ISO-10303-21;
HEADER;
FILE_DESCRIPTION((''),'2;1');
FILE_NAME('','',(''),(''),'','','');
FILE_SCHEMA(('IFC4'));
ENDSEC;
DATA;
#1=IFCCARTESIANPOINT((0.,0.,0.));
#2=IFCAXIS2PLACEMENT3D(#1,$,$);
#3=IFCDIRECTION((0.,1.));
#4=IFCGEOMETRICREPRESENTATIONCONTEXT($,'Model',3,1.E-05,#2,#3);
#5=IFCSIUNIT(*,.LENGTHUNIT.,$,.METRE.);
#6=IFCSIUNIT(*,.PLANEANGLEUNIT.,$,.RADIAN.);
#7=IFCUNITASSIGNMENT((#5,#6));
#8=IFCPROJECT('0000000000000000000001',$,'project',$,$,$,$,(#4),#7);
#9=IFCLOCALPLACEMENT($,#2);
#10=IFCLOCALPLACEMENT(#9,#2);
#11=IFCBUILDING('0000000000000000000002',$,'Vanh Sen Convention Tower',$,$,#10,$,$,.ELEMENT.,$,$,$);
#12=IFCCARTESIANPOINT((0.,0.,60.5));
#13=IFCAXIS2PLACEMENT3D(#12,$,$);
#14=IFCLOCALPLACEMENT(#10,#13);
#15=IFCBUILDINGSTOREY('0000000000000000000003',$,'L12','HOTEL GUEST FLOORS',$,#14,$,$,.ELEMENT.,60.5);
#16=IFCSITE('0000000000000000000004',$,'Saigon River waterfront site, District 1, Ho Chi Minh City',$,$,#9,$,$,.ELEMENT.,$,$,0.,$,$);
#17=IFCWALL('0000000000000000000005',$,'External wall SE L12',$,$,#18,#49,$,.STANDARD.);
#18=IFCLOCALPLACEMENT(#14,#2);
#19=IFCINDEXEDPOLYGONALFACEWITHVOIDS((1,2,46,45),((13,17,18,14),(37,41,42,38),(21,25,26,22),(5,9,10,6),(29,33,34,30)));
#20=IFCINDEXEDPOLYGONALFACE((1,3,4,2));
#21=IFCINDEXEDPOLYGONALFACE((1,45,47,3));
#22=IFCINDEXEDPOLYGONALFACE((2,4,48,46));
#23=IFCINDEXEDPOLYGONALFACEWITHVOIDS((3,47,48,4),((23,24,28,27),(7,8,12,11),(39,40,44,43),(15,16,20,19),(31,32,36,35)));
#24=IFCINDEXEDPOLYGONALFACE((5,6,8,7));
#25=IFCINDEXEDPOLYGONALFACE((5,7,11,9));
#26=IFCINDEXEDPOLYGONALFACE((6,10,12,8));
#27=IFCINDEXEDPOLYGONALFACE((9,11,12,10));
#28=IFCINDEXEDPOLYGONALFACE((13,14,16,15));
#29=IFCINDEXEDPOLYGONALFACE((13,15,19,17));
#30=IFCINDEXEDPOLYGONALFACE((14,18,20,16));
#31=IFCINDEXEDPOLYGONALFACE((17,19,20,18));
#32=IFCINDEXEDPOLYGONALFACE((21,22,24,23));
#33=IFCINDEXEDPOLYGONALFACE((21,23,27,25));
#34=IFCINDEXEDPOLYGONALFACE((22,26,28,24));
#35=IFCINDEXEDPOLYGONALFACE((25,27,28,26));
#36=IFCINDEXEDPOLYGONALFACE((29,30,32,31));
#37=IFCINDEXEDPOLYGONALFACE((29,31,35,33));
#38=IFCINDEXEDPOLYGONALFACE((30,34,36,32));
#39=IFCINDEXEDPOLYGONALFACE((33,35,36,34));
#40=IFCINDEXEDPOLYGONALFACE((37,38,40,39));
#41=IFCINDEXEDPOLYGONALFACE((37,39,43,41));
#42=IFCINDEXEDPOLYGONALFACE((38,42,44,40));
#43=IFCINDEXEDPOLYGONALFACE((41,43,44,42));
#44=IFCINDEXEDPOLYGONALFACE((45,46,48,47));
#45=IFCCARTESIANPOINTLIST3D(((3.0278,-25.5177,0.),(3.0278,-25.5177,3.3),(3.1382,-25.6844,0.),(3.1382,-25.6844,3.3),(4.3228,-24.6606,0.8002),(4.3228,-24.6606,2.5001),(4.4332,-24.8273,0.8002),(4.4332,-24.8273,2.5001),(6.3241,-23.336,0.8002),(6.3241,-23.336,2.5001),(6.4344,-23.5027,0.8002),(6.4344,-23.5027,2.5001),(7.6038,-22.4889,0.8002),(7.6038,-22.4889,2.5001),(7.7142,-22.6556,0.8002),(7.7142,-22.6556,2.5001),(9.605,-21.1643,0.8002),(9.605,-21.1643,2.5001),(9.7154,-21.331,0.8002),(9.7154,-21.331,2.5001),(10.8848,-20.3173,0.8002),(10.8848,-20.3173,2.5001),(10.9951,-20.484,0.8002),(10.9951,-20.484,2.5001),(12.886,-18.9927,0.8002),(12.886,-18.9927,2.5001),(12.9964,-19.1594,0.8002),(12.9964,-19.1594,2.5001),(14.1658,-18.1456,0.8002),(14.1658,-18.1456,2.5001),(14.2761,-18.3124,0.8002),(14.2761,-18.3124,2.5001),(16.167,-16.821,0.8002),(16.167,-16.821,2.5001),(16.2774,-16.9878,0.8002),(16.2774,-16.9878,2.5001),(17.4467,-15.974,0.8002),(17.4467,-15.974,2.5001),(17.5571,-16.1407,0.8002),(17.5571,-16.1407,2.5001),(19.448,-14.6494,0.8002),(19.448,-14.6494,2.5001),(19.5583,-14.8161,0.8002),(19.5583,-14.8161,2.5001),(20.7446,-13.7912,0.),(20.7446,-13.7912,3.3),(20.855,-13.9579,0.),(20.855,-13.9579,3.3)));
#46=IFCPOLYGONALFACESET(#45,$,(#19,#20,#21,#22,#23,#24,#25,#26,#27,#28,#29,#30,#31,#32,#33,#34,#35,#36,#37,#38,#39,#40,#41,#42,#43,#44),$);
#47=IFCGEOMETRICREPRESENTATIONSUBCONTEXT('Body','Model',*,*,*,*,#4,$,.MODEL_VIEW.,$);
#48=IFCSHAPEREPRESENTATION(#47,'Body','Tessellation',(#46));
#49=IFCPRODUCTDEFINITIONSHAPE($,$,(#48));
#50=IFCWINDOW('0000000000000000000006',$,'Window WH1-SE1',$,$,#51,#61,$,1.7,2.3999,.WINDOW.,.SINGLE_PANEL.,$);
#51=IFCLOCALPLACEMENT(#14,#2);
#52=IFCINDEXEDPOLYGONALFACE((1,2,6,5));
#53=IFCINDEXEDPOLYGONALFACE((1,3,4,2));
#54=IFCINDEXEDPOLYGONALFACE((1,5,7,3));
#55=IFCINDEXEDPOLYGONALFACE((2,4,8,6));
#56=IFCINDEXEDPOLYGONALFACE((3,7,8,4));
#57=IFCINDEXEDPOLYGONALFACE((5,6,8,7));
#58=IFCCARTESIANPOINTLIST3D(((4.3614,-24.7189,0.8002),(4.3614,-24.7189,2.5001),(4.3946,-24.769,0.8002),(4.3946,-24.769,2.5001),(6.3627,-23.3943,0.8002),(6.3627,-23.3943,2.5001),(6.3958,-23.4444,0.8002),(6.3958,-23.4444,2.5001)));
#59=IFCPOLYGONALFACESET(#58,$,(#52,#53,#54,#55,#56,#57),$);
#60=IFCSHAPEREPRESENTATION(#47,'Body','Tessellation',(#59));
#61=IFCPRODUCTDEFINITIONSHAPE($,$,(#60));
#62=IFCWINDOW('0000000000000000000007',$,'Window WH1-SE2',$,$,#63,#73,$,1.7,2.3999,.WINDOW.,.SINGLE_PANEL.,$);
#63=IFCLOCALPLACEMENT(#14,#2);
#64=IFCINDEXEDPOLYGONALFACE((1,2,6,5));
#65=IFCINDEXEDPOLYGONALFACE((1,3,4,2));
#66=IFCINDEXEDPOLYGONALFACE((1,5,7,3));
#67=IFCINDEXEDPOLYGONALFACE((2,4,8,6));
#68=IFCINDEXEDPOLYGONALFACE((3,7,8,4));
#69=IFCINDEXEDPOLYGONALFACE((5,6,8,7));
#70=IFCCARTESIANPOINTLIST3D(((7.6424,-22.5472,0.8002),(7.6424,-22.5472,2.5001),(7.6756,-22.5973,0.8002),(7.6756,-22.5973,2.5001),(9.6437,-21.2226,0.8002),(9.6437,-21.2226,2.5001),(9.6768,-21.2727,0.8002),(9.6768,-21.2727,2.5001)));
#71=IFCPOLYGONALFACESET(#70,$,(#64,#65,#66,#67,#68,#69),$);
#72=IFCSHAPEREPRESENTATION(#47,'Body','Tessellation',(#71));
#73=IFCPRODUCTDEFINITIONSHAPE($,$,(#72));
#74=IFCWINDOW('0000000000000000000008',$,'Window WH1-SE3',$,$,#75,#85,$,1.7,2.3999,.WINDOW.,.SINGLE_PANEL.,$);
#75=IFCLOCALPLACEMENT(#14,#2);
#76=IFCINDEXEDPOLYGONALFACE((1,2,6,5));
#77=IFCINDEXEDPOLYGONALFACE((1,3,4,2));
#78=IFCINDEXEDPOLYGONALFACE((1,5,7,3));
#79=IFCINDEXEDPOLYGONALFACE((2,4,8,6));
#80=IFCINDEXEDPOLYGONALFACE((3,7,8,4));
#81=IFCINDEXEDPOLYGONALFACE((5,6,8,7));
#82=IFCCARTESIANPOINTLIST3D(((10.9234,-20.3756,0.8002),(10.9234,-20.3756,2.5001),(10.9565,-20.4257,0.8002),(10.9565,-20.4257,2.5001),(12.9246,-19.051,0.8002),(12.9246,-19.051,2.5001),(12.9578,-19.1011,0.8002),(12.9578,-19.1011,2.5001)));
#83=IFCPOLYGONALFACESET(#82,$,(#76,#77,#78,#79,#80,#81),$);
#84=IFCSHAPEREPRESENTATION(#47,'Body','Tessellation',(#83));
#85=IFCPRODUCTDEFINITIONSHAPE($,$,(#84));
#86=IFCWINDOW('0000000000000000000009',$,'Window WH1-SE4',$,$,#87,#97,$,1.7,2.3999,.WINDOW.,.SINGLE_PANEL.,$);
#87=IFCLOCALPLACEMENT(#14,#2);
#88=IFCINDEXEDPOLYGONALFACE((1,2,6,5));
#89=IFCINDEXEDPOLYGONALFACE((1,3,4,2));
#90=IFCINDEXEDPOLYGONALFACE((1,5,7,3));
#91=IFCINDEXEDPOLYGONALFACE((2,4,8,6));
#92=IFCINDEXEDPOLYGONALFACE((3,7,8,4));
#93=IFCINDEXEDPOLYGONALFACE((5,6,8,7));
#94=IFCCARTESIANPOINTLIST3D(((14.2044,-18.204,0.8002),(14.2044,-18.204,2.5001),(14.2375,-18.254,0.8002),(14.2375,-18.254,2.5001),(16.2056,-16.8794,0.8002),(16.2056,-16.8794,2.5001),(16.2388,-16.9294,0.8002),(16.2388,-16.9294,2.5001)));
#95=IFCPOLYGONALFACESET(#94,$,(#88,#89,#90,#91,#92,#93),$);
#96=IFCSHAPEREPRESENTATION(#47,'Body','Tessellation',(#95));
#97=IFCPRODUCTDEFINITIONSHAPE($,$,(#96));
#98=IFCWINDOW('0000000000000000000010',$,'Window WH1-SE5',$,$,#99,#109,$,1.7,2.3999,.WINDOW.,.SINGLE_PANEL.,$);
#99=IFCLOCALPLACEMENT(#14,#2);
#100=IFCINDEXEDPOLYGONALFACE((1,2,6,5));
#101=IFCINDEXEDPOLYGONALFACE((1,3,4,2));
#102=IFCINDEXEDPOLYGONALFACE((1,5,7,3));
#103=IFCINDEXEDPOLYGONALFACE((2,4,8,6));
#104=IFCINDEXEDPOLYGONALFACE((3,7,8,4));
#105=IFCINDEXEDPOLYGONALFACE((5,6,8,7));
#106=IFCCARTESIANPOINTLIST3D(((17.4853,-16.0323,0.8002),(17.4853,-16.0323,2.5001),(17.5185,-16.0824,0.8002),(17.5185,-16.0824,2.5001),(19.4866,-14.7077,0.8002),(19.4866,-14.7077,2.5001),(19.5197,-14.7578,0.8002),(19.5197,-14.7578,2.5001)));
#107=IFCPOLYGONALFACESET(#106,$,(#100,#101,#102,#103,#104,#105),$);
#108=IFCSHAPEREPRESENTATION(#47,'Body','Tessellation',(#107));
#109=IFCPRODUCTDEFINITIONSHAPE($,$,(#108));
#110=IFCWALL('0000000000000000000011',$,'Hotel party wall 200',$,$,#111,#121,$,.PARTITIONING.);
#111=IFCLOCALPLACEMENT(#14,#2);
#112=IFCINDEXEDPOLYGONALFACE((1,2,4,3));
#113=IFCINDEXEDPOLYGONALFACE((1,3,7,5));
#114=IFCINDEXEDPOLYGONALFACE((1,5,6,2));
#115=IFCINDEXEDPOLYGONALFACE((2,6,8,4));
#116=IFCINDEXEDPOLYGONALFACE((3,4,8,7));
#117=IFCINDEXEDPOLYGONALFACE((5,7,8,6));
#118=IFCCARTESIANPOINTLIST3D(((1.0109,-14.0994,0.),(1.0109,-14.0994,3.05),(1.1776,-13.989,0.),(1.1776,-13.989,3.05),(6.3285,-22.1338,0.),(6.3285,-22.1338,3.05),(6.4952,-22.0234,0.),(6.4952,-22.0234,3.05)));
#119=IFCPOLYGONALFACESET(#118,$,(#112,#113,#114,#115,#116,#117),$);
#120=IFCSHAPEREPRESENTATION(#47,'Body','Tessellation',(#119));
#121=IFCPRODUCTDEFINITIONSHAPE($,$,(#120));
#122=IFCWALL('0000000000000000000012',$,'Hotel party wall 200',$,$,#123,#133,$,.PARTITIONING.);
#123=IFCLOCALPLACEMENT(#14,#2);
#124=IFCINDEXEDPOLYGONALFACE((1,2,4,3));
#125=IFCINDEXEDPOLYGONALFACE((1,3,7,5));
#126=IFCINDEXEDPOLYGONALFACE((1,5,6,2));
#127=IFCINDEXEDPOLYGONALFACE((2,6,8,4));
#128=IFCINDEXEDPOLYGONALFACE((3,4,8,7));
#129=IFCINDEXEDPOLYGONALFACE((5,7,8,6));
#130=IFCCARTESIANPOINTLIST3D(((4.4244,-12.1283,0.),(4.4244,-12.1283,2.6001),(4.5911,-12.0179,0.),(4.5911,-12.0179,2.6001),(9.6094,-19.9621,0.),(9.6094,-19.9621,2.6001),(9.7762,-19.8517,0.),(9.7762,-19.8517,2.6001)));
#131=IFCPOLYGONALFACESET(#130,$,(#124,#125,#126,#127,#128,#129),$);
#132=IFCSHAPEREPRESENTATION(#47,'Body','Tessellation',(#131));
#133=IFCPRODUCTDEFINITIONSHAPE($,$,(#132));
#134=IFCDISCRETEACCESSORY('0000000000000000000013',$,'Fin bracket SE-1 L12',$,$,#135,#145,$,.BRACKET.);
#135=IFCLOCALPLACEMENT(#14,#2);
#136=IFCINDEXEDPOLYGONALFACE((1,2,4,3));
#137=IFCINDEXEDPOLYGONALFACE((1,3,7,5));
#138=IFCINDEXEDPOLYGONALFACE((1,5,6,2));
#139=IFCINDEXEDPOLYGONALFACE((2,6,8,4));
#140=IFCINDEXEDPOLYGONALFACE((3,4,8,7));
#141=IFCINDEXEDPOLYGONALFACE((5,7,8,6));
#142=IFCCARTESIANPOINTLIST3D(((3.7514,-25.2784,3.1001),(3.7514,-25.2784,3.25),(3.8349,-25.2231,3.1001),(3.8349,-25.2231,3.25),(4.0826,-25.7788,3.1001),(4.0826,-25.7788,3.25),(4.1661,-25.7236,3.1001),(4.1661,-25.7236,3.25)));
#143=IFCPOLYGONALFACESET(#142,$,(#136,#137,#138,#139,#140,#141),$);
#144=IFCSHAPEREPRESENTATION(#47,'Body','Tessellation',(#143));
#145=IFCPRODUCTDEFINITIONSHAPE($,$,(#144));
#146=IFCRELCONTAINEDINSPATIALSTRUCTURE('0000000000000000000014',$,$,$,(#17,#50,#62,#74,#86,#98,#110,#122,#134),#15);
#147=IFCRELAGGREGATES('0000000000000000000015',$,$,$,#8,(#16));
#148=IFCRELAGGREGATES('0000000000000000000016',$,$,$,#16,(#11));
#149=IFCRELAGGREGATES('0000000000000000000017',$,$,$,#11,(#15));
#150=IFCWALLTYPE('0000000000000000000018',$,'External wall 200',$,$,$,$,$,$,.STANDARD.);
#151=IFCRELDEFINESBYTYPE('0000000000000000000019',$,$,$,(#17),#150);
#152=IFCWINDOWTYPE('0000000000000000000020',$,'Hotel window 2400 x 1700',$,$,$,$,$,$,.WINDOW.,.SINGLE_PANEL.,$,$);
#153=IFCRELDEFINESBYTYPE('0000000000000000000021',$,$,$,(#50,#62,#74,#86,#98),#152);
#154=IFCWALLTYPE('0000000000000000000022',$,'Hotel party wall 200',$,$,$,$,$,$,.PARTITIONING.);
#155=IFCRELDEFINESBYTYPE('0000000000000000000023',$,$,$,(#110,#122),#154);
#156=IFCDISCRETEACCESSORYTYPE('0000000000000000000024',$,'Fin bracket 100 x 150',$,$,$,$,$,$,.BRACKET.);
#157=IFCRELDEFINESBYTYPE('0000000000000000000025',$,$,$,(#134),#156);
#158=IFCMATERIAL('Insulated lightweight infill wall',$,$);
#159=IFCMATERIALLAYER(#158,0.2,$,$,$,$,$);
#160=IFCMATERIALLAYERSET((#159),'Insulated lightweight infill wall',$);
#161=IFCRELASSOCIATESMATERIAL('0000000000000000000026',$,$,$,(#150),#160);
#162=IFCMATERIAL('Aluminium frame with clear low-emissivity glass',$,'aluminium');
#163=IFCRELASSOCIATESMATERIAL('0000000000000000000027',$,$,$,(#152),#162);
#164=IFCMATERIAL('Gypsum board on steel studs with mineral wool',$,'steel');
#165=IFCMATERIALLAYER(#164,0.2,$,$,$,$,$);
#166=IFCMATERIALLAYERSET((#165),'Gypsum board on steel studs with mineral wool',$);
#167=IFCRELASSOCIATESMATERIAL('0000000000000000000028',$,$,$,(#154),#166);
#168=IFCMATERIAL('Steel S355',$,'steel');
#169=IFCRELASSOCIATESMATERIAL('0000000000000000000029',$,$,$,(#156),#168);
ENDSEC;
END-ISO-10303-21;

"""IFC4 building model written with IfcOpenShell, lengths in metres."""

from ifc_helpers import new_model, si_unit, direction, frame, frame_2d, origin, origin_2d, place, context, subcontext, project, spatial, rectangle, extrude, material, layer, layer_set, type_object, element, fill, save


model = new_model("IFC4")

# Units and contexts
model_context = context("Model", 3, precision=1e-05, world=origin(), true_north=direction((0.0, 1.0)))
body_context = subcontext(model_context, "Body", "Model", "MODEL_VIEW")
ifc_project = project(units=[si_unit("LENGTHUNIT", "METRE"), si_unit("PLANEANGLEUNIT", "RADIAN")], contexts=[model_context])

# Site, building, storey
site_placement = place(None, origin())
site = spatial("IfcSite", under=ifc_project, at=site_placement, Name="Saigon River waterfront site, District 1, Ho Chi Minh City", CompositionType="ELEMENT", RefElevation=0.0)
building_placement = place(site_placement, origin())
building = spatial("IfcBuilding", under=site, at=building_placement, Name="Vanh Sen Convention Tower", CompositionType="ELEMENT")
storey_placement = place(building_placement, frame((0.0, 0.0, 60.5)))
storey = spatial("IfcBuildingStorey", under=building, at=storey_placement, Name="L12", Description="HOTEL GUEST FLOORS", CompositionType="ELEMENT", Elevation=60.5)

# Shared definitions
ifc_material_1 = material(Name="Gypsum board on steel studs with mineral wool", Category="steel")

# Wall, openings, windows
ifc_material_2 = material(Name="Insulated lightweight infill wall")
ifc_layer_1 = layer(ifc_material_2, 0.2)
ifc_layer_set_1 = layer_set([ifc_layer_1], Name="Insulated lightweight infill wall")
wall_type_1 = type_object("IfcWallType", Name="External wall 200", PredefinedType="STANDARD", material=ifc_layer_set_1)
wall_1_placement = place(storey_placement, frame((3.083, -25.6011, 0.0), z_axis=(0.0, 0.0, 1.0), x_axis=(0.833884, 0.551939, 0.0)))
wall_1 = element("IfcWall", 1, at=wall_1_placement, inside=storey, type_object=wall_type_1, Name="External wall SE L12", PredefinedType="STANDARD", context=body_context, shape_type="SweptSolid", body=[
    extrude(rectangle(XDim=21.2461, YDim=0.2, at=frame_2d((10.623, 0.0))), origin(), (0.0, 0.0, 1.0), 3.3),
])
opening_1_placement = place(wall_1_placement, frame((1.553, 0.0, 0.8)))
opening_1 = element("IfcOpeningElement", 2, at=opening_1_placement, cuts=wall_1, PredefinedType="OPENING", context=body_context, shape_type="SweptSolid", body=[
    extrude(rectangle(XDim=2.3999, YDim=1.7, at=frame_2d((1.2, 0.8501))), frame((0.0, 0.1099, 0.0), z_axis=(0.0, -1.0, 0.0), x_axis=(1.0, 0.0, 0.0)), (0.0, 0.0, 1.0), 0.22),
])
opening_2_placement = place(wall_1_placement, frame((5.4875, 0.0, 0.8)))
opening_2 = element("IfcOpeningElement", 3, at=opening_2_placement, cuts=wall_1, PredefinedType="OPENING", context=body_context, shape_type="SweptSolid", body=[
    extrude(rectangle(XDim=2.3999, YDim=1.7, at=frame_2d((1.2, 0.8501))), frame((0.0, 0.1099, 0.0), z_axis=(0.0, -1.0, 0.0), x_axis=(1.0, 0.0, 0.0)), (0.0, 0.0, 1.0), 0.22),
])
opening_3_placement = place(wall_1_placement, frame((9.4221, 0.0, 0.8)))
opening_3 = element("IfcOpeningElement", 4, at=opening_3_placement, cuts=wall_1, PredefinedType="OPENING", context=body_context, shape_type="SweptSolid", body=[
    extrude(rectangle(XDim=2.3999, YDim=1.7, at=frame_2d((1.2, 0.8501))), frame((0.0, 0.1099, 0.0), z_axis=(0.0, -1.0, 0.0), x_axis=(1.0, 0.0, 0.0)), (0.0, 0.0, 1.0), 0.22),
])
opening_4_placement = place(wall_1_placement, frame((13.3567, 0.0, 0.8)))
opening_4 = element("IfcOpeningElement", 5, at=opening_4_placement, cuts=wall_1, PredefinedType="OPENING", context=body_context, shape_type="SweptSolid", body=[
    extrude(rectangle(XDim=2.3999, YDim=1.7, at=frame_2d((1.2, 0.8501))), frame((0.0, 0.1099, 0.0), z_axis=(0.0, -1.0, 0.0), x_axis=(1.0, 0.0, 0.0)), (0.0, 0.0, 1.0), 0.22),
])
opening_5_placement = place(wall_1_placement, frame((17.2913, 0.0, 0.8)))
opening_5 = element("IfcOpeningElement", 6, at=opening_5_placement, cuts=wall_1, PredefinedType="OPENING", context=body_context, shape_type="SweptSolid", body=[
    extrude(rectangle(XDim=2.3999, YDim=1.7, at=frame_2d((1.2, 0.8501))), frame((0.0, 0.1099, 0.0), z_axis=(0.0, -1.0, 0.0), x_axis=(1.0, 0.0, 0.0)), (0.0, 0.0, 1.0), 0.22),
])
ifc_material_3 = material(Name="Aluminium frame with clear low-emissivity glass", Category="aluminium")
window_type = type_object("IfcWindowType", Name="Hotel window 2400 x 1700", PartitioningType="SINGLE_PANEL", PredefinedType="WINDOW", material=ifc_material_3)
window_1_placement = place(opening_1_placement, origin())
window_1 = element("IfcWindow", 7, at=window_1_placement, inside=storey, type_object=window_type, Name="Window WH1-SE1", OverallHeight=1.7, OverallWidth=2.3999, PartitioningType="SINGLE_PANEL", PredefinedType="WINDOW", context=body_context, shape_type="SweptSolid", body=[
    extrude(rectangle(XDim=2.3999, YDim=1.7, at=frame_2d((1.2, 0.8501))), frame((0.0, 0.03, 0.0), z_axis=(0.0, -1.0, 0.0), x_axis=(1.0, 0.0, 0.0)), (0.0, 0.0, 1.0), 0.0601),
])
fill(opening_1, window_1)
window_2_placement = place(opening_2_placement, origin())
window_2 = element("IfcWindow", 8, at=window_2_placement, inside=storey, type_object=window_type, Name="Window WH1-SE2", OverallHeight=1.7, OverallWidth=2.3999, PartitioningType="SINGLE_PANEL", PredefinedType="WINDOW", context=body_context, shape_type="SweptSolid", body=[
    extrude(rectangle(XDim=2.3999, YDim=1.7, at=frame_2d((1.2, 0.8501))), frame((0.0, 0.03, 0.0), z_axis=(0.0, -1.0, 0.0), x_axis=(1.0, 0.0, 0.0)), (0.0, 0.0, 1.0), 0.0601),
])
fill(opening_2, window_2)
window_3_placement = place(opening_3_placement, origin())
window_3 = element("IfcWindow", 9, at=window_3_placement, inside=storey, type_object=window_type, Name="Window WH1-SE3", OverallHeight=1.7, OverallWidth=2.3999, PartitioningType="SINGLE_PANEL", PredefinedType="WINDOW", context=body_context, shape_type="SweptSolid", body=[
    extrude(rectangle(XDim=2.3999, YDim=1.7, at=frame_2d((1.2, 0.8501))), frame((0.0, 0.03, 0.0), z_axis=(0.0, -1.0, 0.0), x_axis=(1.0, 0.0, 0.0)), (0.0, 0.0, 1.0), 0.0601),
])
fill(opening_3, window_3)
window_4_placement = place(opening_4_placement, origin())
window_4 = element("IfcWindow", 10, at=window_4_placement, inside=storey, type_object=window_type, Name="Window WH1-SE4", OverallHeight=1.7, OverallWidth=2.3999, PartitioningType="SINGLE_PANEL", PredefinedType="WINDOW", context=body_context, shape_type="SweptSolid", body=[
    extrude(rectangle(XDim=2.3999, YDim=1.7, at=frame_2d((1.2, 0.8501))), frame((0.0, 0.03, 0.0), z_axis=(0.0, -1.0, 0.0), x_axis=(1.0, 0.0, 0.0)), (0.0, 0.0, 1.0), 0.0601),
])
fill(opening_4, window_4)
window_5_placement = place(opening_5_placement, origin())
window_5 = element("IfcWindow", 11, at=window_5_placement, inside=storey, type_object=window_type, Name="Window WH1-SE5", OverallHeight=1.7, OverallWidth=2.3999, PartitioningType="SINGLE_PANEL", PredefinedType="WINDOW", context=body_context, shape_type="SweptSolid", body=[
    extrude(rectangle(XDim=2.3999, YDim=1.7, at=frame_2d((1.2, 0.8501))), frame((0.0, 0.03, 0.0), z_axis=(0.0, -1.0, 0.0), x_axis=(1.0, 0.0, 0.0)), (0.0, 0.0, 1.0), 0.0601),
])
fill(opening_5, window_5)

# Walls
ifc_layer_2 = layer(ifc_material_1, 0.2)
ifc_layer_set_2 = layer_set([ifc_layer_2], Name="Gypsum board on steel studs with mineral wool")
wall_type_2 = type_object("IfcWallType", Name="Hotel party wall 200", PredefinedType="PARTITIONING", material=ifc_layer_set_2)
wall_2_placement = place(storey_placement, frame((6.4119, -22.0786, 0.0), z_axis=(0.0, 0.0, 1.0), x_axis=(-0.55192, 0.833897, 0.0)))
element("IfcWall", 12, at=wall_2_placement, inside=storey, type_object=wall_type_2, Name="Hotel party wall 200", PredefinedType="PARTITIONING", context=body_context, shape_type="SweptSolid", body=[
    extrude(rectangle(XDim=9.6348, YDim=0.2, at=frame_2d((4.8174, 0.0))), origin(), (0.0, 0.0, 1.0), 3.05),
])
wall_3_placement = place(storey_placement, frame((9.6929, -19.907, 0.0), z_axis=(0.0, 0.0, 1.0), x_axis=(-0.551938, 0.833885, 0.0)))
element("IfcWall", 13, at=wall_3_placement, inside=storey, type_object=wall_type_2, Name="Hotel party wall 200", PredefinedType="PARTITIONING", context=body_context, shape_type="SweptSolid", body=[
    extrude(rectangle(XDim=9.3943, YDim=0.2, at=frame_2d((4.6973, 0.0))), origin(), (0.0, 0.0, 1.0), 2.6001),
])

# Discrete accessory
ifc_material_4 = material(Name="Steel S355", Category="steel")
discrete_accessory_type = type_object("IfcDiscreteAccessoryType", Name="Fin bracket 100 x 150", PredefinedType="BRACKET", material=ifc_material_4)
discrete_accessory_placement = place(storey_placement, frame((3.9587, -25.501, 3.1001), z_axis=(0.0, 0.0, 1.0), x_axis=(0.551937, -0.833886, 0.0)))
element("IfcDiscreteAccessory", 14, at=discrete_accessory_placement, inside=storey, type_object=discrete_accessory_type, Name="Fin bracket SE-1 L12", PredefinedType="BRACKET", context=body_context, shape_type="SweptSolid", body=[
    extrude(rectangle(XDim=0.6001, YDim=0.1001, at=origin_2d()), origin(), (0.0, 0.0, 1.0), 0.1499),
])

save(model, "model.ifc")
